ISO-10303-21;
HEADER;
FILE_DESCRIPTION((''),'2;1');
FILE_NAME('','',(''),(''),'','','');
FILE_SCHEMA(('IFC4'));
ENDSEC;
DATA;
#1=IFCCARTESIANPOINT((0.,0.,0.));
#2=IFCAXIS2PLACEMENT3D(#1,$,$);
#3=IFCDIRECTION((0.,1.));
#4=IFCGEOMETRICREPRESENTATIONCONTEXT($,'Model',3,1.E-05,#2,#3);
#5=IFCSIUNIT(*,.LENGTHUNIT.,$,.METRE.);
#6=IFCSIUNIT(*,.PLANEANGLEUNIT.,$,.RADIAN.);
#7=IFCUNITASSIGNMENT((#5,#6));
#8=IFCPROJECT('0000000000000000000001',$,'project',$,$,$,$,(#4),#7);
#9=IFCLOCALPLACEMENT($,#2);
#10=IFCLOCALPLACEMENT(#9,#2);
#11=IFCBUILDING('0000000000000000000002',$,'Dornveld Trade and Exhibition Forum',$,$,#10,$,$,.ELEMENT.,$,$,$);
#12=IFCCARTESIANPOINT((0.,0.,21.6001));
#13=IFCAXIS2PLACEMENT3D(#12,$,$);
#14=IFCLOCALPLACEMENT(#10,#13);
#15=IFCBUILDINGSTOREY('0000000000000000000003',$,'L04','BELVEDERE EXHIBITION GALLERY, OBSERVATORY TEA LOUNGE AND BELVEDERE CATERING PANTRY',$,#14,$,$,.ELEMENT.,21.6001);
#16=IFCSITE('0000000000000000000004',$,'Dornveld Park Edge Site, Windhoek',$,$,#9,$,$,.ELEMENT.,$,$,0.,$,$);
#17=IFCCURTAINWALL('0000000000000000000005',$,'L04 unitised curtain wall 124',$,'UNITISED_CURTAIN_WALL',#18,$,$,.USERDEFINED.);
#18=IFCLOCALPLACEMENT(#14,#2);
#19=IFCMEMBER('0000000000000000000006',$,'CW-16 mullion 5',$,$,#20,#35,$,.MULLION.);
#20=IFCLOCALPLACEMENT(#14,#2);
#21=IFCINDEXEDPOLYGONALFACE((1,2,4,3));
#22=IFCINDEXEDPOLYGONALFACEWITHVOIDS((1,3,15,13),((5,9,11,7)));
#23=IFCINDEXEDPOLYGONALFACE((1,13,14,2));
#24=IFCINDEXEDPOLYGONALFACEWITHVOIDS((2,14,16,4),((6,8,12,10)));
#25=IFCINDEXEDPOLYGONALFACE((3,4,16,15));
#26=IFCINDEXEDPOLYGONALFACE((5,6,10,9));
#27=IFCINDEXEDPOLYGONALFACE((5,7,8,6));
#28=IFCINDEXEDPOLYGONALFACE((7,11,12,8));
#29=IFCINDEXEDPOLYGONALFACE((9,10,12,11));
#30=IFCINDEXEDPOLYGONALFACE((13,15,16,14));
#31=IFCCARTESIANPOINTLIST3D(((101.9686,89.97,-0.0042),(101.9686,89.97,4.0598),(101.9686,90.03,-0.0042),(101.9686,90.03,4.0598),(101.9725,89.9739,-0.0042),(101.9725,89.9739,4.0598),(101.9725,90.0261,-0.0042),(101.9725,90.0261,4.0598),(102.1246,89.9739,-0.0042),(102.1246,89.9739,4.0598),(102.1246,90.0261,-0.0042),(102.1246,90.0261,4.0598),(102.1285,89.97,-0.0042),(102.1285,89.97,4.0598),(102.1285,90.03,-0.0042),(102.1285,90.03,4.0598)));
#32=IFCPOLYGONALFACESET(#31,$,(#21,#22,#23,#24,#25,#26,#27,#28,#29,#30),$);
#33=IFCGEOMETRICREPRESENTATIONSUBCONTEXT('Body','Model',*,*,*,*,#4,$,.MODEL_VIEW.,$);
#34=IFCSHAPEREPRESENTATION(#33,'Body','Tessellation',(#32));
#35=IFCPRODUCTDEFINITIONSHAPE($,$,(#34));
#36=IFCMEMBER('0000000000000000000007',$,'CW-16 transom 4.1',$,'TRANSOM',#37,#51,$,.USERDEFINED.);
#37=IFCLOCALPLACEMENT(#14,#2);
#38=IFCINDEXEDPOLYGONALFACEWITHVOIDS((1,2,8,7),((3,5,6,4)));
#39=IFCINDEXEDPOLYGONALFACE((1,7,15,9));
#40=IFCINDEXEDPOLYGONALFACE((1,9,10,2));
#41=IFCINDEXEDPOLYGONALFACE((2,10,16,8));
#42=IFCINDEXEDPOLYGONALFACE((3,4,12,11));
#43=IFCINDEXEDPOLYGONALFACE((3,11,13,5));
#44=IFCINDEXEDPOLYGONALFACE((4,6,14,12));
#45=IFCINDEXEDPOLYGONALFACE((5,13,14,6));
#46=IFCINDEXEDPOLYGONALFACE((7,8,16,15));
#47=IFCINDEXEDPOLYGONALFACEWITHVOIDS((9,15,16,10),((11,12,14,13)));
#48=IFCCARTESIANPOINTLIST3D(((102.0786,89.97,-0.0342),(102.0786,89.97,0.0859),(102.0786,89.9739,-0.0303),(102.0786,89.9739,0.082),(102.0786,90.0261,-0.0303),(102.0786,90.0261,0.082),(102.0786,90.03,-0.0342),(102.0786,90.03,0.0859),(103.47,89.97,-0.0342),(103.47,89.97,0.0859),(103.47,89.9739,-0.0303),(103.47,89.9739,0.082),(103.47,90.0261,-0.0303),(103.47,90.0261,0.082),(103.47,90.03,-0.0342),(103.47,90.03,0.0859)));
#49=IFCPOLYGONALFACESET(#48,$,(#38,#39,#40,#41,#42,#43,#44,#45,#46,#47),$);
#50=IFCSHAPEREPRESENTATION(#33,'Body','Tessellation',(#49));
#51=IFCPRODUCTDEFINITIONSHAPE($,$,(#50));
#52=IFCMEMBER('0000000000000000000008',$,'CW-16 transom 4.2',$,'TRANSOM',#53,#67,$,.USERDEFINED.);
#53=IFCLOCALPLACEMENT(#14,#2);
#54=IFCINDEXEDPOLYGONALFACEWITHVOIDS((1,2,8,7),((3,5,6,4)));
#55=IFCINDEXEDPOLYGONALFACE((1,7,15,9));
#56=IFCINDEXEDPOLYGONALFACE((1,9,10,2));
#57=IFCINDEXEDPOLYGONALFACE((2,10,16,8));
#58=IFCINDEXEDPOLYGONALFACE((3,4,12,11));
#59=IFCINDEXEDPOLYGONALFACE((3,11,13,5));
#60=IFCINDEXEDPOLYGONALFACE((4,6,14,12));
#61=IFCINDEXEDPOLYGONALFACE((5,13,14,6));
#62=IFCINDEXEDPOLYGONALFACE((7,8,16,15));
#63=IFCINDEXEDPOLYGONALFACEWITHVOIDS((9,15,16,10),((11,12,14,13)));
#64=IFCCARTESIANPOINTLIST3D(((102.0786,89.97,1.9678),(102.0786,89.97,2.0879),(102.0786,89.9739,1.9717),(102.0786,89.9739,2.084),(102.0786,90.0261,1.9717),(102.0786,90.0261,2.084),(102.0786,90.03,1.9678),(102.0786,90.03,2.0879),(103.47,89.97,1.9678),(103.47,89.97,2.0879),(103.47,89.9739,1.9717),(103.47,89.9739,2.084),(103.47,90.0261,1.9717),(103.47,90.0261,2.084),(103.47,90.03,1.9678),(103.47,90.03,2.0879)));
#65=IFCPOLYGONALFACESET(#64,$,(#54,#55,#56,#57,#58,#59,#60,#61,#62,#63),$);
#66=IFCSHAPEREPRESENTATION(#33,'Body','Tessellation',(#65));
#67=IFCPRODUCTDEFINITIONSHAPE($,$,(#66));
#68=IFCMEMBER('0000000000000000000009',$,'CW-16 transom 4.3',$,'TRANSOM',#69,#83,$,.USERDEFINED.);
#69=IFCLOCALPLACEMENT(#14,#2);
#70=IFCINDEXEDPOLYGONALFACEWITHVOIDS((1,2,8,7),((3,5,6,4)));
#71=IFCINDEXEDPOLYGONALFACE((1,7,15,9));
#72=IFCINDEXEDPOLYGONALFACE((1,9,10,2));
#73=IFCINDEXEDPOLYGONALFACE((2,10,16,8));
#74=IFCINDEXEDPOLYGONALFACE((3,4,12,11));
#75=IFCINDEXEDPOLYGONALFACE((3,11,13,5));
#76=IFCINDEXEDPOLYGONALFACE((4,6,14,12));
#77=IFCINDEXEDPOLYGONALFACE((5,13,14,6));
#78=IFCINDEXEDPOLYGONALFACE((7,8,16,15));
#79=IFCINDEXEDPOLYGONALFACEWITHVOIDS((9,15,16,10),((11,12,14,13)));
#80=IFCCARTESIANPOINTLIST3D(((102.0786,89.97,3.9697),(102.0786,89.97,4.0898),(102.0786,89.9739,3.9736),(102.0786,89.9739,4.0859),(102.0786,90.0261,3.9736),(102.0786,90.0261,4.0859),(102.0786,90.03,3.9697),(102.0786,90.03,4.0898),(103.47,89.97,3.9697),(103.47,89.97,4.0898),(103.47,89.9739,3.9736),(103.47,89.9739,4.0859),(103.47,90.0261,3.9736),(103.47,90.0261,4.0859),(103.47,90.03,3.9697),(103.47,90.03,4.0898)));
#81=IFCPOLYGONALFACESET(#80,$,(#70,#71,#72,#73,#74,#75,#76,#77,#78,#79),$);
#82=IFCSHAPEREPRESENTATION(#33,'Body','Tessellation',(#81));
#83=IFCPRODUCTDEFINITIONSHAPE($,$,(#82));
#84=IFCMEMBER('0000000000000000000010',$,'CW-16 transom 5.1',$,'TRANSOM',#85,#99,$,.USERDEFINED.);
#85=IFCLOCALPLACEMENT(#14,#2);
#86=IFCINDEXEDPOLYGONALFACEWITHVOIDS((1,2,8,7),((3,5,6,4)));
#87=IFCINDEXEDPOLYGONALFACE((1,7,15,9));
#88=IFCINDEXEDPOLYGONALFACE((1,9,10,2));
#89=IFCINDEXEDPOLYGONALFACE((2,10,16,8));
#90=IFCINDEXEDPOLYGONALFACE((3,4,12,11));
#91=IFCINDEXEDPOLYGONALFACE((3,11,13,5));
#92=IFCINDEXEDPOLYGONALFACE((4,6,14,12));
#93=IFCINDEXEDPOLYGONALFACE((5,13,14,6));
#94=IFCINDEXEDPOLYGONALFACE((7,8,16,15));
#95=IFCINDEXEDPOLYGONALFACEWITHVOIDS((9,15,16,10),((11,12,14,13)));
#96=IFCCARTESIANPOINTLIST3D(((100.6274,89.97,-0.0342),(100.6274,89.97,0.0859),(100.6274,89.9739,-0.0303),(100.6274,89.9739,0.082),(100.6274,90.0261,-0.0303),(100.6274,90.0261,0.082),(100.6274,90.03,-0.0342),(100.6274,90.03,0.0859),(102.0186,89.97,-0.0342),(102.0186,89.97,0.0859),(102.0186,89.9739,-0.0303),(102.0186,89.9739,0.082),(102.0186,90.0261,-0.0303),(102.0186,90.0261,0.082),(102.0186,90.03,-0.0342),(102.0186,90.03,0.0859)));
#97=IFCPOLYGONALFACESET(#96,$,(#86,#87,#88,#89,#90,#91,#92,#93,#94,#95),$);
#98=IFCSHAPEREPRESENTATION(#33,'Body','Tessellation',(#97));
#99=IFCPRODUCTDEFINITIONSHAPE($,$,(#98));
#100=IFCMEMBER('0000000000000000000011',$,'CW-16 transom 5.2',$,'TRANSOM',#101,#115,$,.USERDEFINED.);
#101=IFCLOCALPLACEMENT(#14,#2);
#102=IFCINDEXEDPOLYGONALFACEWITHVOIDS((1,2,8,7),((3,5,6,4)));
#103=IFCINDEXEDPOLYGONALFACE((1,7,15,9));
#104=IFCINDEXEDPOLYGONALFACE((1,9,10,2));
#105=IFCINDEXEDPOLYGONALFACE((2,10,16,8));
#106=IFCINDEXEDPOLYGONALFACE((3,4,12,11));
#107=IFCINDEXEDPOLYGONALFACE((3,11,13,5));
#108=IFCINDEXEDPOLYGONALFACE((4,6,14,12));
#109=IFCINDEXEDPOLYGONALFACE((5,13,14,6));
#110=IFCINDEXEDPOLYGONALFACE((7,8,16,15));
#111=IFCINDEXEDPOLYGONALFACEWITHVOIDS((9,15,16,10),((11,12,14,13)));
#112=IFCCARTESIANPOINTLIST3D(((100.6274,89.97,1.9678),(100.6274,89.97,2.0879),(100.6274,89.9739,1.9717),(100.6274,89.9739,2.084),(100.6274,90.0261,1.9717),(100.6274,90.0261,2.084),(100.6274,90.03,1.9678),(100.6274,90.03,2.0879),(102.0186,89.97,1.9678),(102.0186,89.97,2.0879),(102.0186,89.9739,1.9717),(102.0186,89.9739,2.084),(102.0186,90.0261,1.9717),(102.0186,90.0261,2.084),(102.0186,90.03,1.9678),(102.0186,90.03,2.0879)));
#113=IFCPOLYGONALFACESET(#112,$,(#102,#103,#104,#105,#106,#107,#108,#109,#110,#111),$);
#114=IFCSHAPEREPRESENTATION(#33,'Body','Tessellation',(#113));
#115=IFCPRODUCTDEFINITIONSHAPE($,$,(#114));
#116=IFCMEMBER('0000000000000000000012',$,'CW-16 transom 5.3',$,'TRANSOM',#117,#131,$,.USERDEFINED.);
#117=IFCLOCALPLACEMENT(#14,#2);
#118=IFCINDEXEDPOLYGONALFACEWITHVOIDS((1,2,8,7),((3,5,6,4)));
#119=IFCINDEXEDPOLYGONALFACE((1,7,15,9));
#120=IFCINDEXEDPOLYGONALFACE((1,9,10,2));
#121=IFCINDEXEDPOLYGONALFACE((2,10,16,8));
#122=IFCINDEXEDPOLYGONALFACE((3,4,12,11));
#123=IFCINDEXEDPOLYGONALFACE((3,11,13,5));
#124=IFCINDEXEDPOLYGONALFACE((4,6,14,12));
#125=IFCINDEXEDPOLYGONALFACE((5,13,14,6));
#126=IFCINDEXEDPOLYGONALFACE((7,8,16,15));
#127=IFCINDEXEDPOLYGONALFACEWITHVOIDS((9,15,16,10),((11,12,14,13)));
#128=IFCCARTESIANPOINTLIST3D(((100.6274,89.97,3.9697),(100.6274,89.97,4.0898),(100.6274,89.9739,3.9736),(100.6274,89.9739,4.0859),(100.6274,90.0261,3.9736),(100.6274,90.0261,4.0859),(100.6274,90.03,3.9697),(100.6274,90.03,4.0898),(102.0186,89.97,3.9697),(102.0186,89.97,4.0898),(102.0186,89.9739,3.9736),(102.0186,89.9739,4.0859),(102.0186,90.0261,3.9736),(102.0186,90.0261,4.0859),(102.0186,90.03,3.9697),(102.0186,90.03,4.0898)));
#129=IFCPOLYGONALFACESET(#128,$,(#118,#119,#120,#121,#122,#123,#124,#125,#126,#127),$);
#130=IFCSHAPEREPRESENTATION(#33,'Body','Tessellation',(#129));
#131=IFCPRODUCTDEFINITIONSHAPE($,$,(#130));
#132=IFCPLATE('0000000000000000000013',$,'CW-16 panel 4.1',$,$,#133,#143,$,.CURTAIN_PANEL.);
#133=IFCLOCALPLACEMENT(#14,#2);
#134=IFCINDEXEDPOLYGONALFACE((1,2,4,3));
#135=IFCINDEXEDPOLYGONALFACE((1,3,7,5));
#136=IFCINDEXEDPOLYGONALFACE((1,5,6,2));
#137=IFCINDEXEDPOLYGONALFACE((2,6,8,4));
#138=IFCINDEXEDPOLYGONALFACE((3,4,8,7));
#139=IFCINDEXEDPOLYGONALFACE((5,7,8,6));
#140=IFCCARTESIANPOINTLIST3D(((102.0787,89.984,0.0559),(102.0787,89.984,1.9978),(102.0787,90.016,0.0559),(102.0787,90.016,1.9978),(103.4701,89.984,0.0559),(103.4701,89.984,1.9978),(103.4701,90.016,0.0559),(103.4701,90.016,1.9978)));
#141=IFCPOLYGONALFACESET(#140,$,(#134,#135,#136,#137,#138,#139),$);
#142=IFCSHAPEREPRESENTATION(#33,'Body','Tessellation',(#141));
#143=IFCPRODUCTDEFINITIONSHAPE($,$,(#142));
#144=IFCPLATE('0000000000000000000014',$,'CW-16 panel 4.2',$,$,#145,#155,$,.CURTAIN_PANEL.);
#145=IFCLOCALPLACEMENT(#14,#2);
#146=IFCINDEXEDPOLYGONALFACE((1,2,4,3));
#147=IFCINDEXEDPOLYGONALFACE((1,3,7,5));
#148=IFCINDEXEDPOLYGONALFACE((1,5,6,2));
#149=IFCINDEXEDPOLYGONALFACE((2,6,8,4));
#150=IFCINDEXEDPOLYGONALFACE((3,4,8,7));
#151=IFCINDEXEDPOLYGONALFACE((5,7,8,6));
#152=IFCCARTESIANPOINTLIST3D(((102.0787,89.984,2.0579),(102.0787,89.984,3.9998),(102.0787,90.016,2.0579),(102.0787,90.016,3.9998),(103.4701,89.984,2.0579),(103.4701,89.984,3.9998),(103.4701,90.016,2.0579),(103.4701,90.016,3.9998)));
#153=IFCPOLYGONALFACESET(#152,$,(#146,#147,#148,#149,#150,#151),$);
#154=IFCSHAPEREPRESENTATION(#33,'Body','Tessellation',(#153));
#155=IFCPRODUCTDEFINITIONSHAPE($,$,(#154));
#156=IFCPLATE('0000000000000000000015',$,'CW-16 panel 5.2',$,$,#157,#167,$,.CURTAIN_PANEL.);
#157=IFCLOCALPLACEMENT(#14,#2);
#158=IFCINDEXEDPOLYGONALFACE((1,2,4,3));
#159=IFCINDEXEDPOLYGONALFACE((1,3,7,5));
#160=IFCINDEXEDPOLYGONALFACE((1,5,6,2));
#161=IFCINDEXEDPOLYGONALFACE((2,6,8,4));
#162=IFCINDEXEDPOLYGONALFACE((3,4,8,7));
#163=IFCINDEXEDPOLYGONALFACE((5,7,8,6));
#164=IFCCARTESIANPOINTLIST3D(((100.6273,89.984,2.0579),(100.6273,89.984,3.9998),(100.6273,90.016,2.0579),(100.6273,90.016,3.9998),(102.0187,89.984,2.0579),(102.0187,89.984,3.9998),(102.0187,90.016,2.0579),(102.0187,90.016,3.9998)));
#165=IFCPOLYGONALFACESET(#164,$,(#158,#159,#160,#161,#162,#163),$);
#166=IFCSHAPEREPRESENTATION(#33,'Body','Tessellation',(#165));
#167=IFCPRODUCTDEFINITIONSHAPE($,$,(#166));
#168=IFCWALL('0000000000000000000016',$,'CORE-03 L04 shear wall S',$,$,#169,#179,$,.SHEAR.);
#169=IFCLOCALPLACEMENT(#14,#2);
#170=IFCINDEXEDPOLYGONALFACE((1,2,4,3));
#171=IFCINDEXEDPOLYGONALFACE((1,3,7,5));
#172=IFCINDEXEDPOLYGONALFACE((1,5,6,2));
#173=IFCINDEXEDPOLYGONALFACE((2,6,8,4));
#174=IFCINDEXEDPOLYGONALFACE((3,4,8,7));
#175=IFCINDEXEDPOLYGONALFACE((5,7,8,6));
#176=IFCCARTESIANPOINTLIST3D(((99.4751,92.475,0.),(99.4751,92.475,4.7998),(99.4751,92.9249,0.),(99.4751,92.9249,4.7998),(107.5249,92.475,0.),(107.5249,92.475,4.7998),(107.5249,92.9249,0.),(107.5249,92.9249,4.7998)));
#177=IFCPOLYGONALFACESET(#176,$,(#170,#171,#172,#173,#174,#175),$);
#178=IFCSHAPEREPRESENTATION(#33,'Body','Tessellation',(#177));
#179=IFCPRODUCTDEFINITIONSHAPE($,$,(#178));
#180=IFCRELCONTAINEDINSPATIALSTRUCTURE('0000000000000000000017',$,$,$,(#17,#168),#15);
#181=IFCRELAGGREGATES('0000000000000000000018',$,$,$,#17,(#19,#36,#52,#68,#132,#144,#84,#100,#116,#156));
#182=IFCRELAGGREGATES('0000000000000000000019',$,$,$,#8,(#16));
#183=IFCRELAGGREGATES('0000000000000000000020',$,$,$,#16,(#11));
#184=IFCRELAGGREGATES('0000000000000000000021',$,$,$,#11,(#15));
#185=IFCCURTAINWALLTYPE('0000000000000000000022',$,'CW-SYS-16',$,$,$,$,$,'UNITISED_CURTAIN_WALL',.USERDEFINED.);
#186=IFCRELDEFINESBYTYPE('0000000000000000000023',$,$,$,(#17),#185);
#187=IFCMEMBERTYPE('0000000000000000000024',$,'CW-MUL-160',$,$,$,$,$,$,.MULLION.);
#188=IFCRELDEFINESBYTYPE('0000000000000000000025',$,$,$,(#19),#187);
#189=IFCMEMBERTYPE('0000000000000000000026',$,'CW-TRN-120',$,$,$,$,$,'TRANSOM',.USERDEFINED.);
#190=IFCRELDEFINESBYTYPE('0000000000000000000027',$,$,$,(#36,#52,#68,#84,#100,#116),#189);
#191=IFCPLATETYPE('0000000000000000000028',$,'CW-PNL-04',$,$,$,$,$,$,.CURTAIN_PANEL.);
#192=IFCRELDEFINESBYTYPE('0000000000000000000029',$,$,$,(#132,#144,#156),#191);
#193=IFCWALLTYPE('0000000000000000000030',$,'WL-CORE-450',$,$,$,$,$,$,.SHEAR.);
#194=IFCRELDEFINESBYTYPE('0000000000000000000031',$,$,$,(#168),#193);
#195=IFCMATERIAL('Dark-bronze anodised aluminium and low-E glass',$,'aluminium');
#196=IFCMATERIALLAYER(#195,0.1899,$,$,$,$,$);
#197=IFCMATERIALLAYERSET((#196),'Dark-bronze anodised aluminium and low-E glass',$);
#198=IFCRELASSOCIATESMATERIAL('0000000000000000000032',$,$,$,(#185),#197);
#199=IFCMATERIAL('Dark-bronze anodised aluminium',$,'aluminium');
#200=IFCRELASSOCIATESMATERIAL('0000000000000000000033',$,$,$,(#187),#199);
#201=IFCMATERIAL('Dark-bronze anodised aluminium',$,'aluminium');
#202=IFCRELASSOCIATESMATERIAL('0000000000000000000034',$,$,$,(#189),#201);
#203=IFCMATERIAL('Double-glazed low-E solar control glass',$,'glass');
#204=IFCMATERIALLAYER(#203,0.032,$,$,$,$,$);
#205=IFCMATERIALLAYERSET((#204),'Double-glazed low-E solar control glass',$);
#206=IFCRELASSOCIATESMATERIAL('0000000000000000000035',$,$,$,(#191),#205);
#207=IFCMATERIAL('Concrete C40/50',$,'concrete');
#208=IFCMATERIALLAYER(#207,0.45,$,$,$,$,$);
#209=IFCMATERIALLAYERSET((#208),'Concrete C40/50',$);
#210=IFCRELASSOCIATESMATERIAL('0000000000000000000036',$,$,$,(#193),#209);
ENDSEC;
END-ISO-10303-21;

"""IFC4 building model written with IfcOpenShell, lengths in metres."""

from ifc_helpers import new_model, si_unit, direction, frame, frame_2d, origin, origin_2d, place, context, subcontext, project, spatial, rectangle, hollow_rectangle, extrude, material, layer, layer_set, material_profile, profile_set, type_object, element, aggregate, save


model = new_model("IFC4")

# Units and contexts
model_context = context("Model", 3, precision=1e-05, world=origin(), true_north=direction((0.0, 1.0)))
body_context = subcontext(model_context, "Body", "Model", "MODEL_VIEW")
ifc_project = project(units=[si_unit("LENGTHUNIT", "METRE"), si_unit("PLANEANGLEUNIT", "RADIAN")], contexts=[model_context])

# Site, building, storey
site_placement = place(None, origin())
site = spatial("IfcSite", under=ifc_project, at=site_placement, Name="Dornveld Park Edge Site, Windhoek", CompositionType="ELEMENT", RefElevation=0.0)
building_placement = place(site_placement, origin())
building = spatial("IfcBuilding", under=site, at=building_placement, Name="Dornveld Trade and Exhibition Forum", CompositionType="ELEMENT")
storey_placement = place(building_placement, frame((0.0, 0.0, 21.6001)))
storey = spatial("IfcBuildingStorey", under=building, at=storey_placement, Name="L04", Description="BELVEDERE EXHIBITION GALLERY, OBSERVATORY TEA LOUNGE AND BELVEDERE CATERING PANTRY", CompositionType="ELEMENT", Elevation=21.6001)

# Curtain wall, members, plates
ifc_material_1 = material(Name="Dark-bronze anodised aluminium and low-E glass", Category="aluminium")
ifc_layer_1 = layer(ifc_material_1, 0.1899)
ifc_layer_set_1 = layer_set([ifc_layer_1], Name="Dark-bronze anodised aluminium and low-E glass")
curtain_wall_type = type_object("IfcCurtainWallType", Name="CW-SYS-16", ElementType="UNITISED_CURTAIN_WALL", PredefinedType="USERDEFINED", material=ifc_layer_set_1)
curtain_wall_placement = place(storey_placement, origin())
curtain_wall = element("IfcCurtainWall", 1, at=curtain_wall_placement, inside=storey, type_object=curtain_wall_type, Name="L04 unitised curtain wall 124", ObjectType="UNITISED_CURTAIN_WALL", PredefinedType="USERDEFINED")
ifc_material_2 = material(Name="Dark-bronze anodised aluminium", Category="aluminium")
ifc_material_profile_1 = material_profile(ifc_material_2, hollow_rectangle(XDim=0.0601, YDim=0.1599, WallThickness=0.0039, at=origin_2d()), Name="RHS 160x60x4")
ifc_profile_set_1 = profile_set([ifc_material_profile_1], Name="Dark-bronze anodised aluminium")
member_type_1 = type_object("IfcMemberType", Name="CW-MUL-160", PredefinedType="MULLION", material=ifc_profile_set_1)
member_1_placement = place(storey_placement, frame((102.0486, 90.0, -0.0042), z_axis=(0.0, 0.0, 1.0), x_axis=(0.0, -1.0, 0.0)))
member_1 = element("IfcMember", 2, at=member_1_placement, type_object=member_type_1, Name="CW-16 mullion 5", PredefinedType="MULLION", context=body_context, shape_type="SweptSolid", body=[
    extrude(hollow_rectangle(XDim=0.0601, YDim=0.1599, WallThickness=0.0039, at=origin_2d()), origin(), (0.0, 0.0, 1.0), 4.064),
])
ifc_material_3 = material(Name="Dark-bronze anodised aluminium", Category="aluminium")
ifc_material_profile_2 = material_profile(ifc_material_3, hollow_rectangle(XDim=0.0601, YDim=0.1201, WallThickness=0.0039, at=origin_2d()), Name="RHS 120x60x4")
ifc_profile_set_2 = profile_set([ifc_material_profile_2], Name="Dark-bronze anodised aluminium")
member_type_2 = type_object("IfcMemberType", Name="CW-TRN-120", ElementType="TRANSOM", PredefinedType="USERDEFINED", material=ifc_profile_set_2)
member_2_placement = place(storey_placement, frame((103.47, 90.0, 0.0259), z_axis=(-1.0, 0.0, 0.0), x_axis=(0.0, -1.0, 0.0)))
member_2 = element("IfcMember", 3, at=member_2_placement, type_object=member_type_2, Name="CW-16 transom 4.1", ObjectType="TRANSOM", PredefinedType="USERDEFINED", context=body_context, shape_type="SweptSolid", body=[
    extrude(hollow_rectangle(XDim=0.0601, YDim=0.1201, WallThickness=0.0039, at=origin_2d()), origin(), (0.0, 0.0, 1.0), 1.3914),
])
member_3_placement = place(storey_placement, frame((103.47, 90.0, 2.0278), z_axis=(-1.0, 0.0, 0.0), x_axis=(0.0, -1.0, 0.0)))
member_3 = element("IfcMember", 4, at=member_3_placement, type_object=member_type_2, Name="CW-16 transom 4.2", ObjectType="TRANSOM", PredefinedType="USERDEFINED", context=body_context, shape_type="SweptSolid", body=[
    extrude(hollow_rectangle(XDim=0.0601, YDim=0.1201, WallThickness=0.0039, at=origin_2d()), origin(), (0.0, 0.0, 1.0), 1.3914),
])
member_4_placement = place(storey_placement, frame((103.47, 90.0, 4.0298), z_axis=(-1.0, 0.0, 0.0), x_axis=(0.0, -1.0, 0.0)))
member_4 = element("IfcMember", 5, at=member_4_placement, type_object=member_type_2, Name="CW-16 transom 4.3", ObjectType="TRANSOM", PredefinedType="USERDEFINED", context=body_context, shape_type="SweptSolid", body=[
    extrude(hollow_rectangle(XDim=0.0601, YDim=0.1201, WallThickness=0.0039, at=origin_2d()), origin(), (0.0, 0.0, 1.0), 1.3914),
])
member_5_placement = place(storey_placement, frame((102.0186, 90.0, 0.0259), z_axis=(-1.0, 0.0, 0.0), x_axis=(0.0, -1.0, 0.0)))
member_5 = element("IfcMember", 6, at=member_5_placement, type_object=member_type_2, Name="CW-16 transom 5.1", ObjectType="TRANSOM", PredefinedType="USERDEFINED", context=body_context, shape_type="SweptSolid", body=[
    extrude(hollow_rectangle(XDim=0.0601, YDim=0.1201, WallThickness=0.0039, at=origin_2d()), origin(), (0.0, 0.0, 1.0), 1.3911),
])
member_6_placement = place(storey_placement, frame((102.0186, 90.0, 2.0278), z_axis=(-1.0, 0.0, 0.0), x_axis=(0.0, -1.0, 0.0)))
member_6 = element("IfcMember", 7, at=member_6_placement, type_object=member_type_2, Name="CW-16 transom 5.2", ObjectType="TRANSOM", PredefinedType="USERDEFINED", context=body_context, shape_type="SweptSolid", body=[
    extrude(hollow_rectangle(XDim=0.0601, YDim=0.1201, WallThickness=0.0039, at=origin_2d()), origin(), (0.0, 0.0, 1.0), 1.3911),
])
member_7_placement = place(storey_placement, frame((102.0186, 90.0, 4.0298), z_axis=(-1.0, 0.0, 0.0), x_axis=(0.0, -1.0, 0.0)))
member_7 = element("IfcMember", 8, at=member_7_placement, type_object=member_type_2, Name="CW-16 transom 5.3", ObjectType="TRANSOM", PredefinedType="USERDEFINED", context=body_context, shape_type="SweptSolid", body=[
    extrude(hollow_rectangle(XDim=0.0601, YDim=0.1201, WallThickness=0.0039, at=origin_2d()), origin(), (0.0, 0.0, 1.0), 1.3911),
])
ifc_material_4 = material(Name="Double-glazed low-E solar control glass", Category="glass")
ifc_layer_2 = layer(ifc_material_4, 0.032)
ifc_layer_set_2 = layer_set([ifc_layer_2], Name="Double-glazed low-E solar control glass")
plate_type = type_object("IfcPlateType", Name="CW-PNL-04", PredefinedType="CURTAIN_PANEL", material=ifc_layer_set_2)
plate_1_placement = place(storey_placement, frame((102.7744, 90.0, 0.0559), z_axis=(0.0, 0.0, 1.0), x_axis=(-1.0, 0.0, 0.0)))
plate_1 = element("IfcPlate", 9, at=plate_1_placement, type_object=plate_type, Name="CW-16 panel 4.1", PredefinedType="CURTAIN_PANEL", context=body_context, shape_type="SweptSolid", body=[
    extrude(rectangle(XDim=1.3914, YDim=0.032, at=origin_2d()), origin(), (0.0, 0.0, 1.0), 1.9419),
])
plate_2_placement = place(storey_placement, frame((102.7744, 90.0, 2.0579), z_axis=(0.0, 0.0, 1.0), x_axis=(-1.0, 0.0, 0.0)))
plate_2 = element("IfcPlate", 10, at=plate_2_placement, type_object=plate_type, Name="CW-16 panel 4.2", PredefinedType="CURTAIN_PANEL", context=body_context, shape_type="SweptSolid", body=[
    extrude(rectangle(XDim=1.3914, YDim=0.032, at=origin_2d()), origin(), (0.0, 0.0, 1.0), 1.9419),
])
plate_3_placement = place(storey_placement, frame((101.323, 90.0, 2.0579), z_axis=(0.0, 0.0, 1.0), x_axis=(-1.0, 0.0, 0.0)))
plate_3 = element("IfcPlate", 11, at=plate_3_placement, type_object=plate_type, Name="CW-16 panel 5.2", PredefinedType="CURTAIN_PANEL", context=body_context, shape_type="SweptSolid", body=[
    extrude(rectangle(XDim=1.3914, YDim=0.032, at=origin_2d()), origin(), (0.0, 0.0, 1.0), 1.9419),
])
aggregate(curtain_wall, [member_1, member_2, member_3, member_4, plate_1, plate_2, member_5, member_6, member_7, plate_3])

# Wall
ifc_material_5 = material(Name="Concrete C40/50", Category="concrete")
ifc_layer_3 = layer(ifc_material_5, 0.45)
ifc_layer_set_3 = layer_set([ifc_layer_3], Name="Concrete C40/50")
wall_type_1 = type_object("IfcWallType", Name="WL-CORE-450", PredefinedType="SHEAR", material=ifc_layer_set_3)
wall_1_placement = place(storey_placement, frame((99.4751, 92.7, 0.0), z_axis=(0.0, 0.0, 1.0), x_axis=(1.0, 0.0, 0.0)))
element("IfcWall", 12, at=wall_1_placement, inside=storey, type_object=wall_type_1, Name="CORE-03 L04 shear wall S", PredefinedType="SHEAR", context=body_context, shape_type="SweptSolid", body=[
    extrude(rectangle(XDim=8.0498, YDim=0.45, at=frame_2d((4.0249, 0.0))), origin(), (0.0, 0.0, 1.0), 4.7998),
])

save(model, "model.ifc")
